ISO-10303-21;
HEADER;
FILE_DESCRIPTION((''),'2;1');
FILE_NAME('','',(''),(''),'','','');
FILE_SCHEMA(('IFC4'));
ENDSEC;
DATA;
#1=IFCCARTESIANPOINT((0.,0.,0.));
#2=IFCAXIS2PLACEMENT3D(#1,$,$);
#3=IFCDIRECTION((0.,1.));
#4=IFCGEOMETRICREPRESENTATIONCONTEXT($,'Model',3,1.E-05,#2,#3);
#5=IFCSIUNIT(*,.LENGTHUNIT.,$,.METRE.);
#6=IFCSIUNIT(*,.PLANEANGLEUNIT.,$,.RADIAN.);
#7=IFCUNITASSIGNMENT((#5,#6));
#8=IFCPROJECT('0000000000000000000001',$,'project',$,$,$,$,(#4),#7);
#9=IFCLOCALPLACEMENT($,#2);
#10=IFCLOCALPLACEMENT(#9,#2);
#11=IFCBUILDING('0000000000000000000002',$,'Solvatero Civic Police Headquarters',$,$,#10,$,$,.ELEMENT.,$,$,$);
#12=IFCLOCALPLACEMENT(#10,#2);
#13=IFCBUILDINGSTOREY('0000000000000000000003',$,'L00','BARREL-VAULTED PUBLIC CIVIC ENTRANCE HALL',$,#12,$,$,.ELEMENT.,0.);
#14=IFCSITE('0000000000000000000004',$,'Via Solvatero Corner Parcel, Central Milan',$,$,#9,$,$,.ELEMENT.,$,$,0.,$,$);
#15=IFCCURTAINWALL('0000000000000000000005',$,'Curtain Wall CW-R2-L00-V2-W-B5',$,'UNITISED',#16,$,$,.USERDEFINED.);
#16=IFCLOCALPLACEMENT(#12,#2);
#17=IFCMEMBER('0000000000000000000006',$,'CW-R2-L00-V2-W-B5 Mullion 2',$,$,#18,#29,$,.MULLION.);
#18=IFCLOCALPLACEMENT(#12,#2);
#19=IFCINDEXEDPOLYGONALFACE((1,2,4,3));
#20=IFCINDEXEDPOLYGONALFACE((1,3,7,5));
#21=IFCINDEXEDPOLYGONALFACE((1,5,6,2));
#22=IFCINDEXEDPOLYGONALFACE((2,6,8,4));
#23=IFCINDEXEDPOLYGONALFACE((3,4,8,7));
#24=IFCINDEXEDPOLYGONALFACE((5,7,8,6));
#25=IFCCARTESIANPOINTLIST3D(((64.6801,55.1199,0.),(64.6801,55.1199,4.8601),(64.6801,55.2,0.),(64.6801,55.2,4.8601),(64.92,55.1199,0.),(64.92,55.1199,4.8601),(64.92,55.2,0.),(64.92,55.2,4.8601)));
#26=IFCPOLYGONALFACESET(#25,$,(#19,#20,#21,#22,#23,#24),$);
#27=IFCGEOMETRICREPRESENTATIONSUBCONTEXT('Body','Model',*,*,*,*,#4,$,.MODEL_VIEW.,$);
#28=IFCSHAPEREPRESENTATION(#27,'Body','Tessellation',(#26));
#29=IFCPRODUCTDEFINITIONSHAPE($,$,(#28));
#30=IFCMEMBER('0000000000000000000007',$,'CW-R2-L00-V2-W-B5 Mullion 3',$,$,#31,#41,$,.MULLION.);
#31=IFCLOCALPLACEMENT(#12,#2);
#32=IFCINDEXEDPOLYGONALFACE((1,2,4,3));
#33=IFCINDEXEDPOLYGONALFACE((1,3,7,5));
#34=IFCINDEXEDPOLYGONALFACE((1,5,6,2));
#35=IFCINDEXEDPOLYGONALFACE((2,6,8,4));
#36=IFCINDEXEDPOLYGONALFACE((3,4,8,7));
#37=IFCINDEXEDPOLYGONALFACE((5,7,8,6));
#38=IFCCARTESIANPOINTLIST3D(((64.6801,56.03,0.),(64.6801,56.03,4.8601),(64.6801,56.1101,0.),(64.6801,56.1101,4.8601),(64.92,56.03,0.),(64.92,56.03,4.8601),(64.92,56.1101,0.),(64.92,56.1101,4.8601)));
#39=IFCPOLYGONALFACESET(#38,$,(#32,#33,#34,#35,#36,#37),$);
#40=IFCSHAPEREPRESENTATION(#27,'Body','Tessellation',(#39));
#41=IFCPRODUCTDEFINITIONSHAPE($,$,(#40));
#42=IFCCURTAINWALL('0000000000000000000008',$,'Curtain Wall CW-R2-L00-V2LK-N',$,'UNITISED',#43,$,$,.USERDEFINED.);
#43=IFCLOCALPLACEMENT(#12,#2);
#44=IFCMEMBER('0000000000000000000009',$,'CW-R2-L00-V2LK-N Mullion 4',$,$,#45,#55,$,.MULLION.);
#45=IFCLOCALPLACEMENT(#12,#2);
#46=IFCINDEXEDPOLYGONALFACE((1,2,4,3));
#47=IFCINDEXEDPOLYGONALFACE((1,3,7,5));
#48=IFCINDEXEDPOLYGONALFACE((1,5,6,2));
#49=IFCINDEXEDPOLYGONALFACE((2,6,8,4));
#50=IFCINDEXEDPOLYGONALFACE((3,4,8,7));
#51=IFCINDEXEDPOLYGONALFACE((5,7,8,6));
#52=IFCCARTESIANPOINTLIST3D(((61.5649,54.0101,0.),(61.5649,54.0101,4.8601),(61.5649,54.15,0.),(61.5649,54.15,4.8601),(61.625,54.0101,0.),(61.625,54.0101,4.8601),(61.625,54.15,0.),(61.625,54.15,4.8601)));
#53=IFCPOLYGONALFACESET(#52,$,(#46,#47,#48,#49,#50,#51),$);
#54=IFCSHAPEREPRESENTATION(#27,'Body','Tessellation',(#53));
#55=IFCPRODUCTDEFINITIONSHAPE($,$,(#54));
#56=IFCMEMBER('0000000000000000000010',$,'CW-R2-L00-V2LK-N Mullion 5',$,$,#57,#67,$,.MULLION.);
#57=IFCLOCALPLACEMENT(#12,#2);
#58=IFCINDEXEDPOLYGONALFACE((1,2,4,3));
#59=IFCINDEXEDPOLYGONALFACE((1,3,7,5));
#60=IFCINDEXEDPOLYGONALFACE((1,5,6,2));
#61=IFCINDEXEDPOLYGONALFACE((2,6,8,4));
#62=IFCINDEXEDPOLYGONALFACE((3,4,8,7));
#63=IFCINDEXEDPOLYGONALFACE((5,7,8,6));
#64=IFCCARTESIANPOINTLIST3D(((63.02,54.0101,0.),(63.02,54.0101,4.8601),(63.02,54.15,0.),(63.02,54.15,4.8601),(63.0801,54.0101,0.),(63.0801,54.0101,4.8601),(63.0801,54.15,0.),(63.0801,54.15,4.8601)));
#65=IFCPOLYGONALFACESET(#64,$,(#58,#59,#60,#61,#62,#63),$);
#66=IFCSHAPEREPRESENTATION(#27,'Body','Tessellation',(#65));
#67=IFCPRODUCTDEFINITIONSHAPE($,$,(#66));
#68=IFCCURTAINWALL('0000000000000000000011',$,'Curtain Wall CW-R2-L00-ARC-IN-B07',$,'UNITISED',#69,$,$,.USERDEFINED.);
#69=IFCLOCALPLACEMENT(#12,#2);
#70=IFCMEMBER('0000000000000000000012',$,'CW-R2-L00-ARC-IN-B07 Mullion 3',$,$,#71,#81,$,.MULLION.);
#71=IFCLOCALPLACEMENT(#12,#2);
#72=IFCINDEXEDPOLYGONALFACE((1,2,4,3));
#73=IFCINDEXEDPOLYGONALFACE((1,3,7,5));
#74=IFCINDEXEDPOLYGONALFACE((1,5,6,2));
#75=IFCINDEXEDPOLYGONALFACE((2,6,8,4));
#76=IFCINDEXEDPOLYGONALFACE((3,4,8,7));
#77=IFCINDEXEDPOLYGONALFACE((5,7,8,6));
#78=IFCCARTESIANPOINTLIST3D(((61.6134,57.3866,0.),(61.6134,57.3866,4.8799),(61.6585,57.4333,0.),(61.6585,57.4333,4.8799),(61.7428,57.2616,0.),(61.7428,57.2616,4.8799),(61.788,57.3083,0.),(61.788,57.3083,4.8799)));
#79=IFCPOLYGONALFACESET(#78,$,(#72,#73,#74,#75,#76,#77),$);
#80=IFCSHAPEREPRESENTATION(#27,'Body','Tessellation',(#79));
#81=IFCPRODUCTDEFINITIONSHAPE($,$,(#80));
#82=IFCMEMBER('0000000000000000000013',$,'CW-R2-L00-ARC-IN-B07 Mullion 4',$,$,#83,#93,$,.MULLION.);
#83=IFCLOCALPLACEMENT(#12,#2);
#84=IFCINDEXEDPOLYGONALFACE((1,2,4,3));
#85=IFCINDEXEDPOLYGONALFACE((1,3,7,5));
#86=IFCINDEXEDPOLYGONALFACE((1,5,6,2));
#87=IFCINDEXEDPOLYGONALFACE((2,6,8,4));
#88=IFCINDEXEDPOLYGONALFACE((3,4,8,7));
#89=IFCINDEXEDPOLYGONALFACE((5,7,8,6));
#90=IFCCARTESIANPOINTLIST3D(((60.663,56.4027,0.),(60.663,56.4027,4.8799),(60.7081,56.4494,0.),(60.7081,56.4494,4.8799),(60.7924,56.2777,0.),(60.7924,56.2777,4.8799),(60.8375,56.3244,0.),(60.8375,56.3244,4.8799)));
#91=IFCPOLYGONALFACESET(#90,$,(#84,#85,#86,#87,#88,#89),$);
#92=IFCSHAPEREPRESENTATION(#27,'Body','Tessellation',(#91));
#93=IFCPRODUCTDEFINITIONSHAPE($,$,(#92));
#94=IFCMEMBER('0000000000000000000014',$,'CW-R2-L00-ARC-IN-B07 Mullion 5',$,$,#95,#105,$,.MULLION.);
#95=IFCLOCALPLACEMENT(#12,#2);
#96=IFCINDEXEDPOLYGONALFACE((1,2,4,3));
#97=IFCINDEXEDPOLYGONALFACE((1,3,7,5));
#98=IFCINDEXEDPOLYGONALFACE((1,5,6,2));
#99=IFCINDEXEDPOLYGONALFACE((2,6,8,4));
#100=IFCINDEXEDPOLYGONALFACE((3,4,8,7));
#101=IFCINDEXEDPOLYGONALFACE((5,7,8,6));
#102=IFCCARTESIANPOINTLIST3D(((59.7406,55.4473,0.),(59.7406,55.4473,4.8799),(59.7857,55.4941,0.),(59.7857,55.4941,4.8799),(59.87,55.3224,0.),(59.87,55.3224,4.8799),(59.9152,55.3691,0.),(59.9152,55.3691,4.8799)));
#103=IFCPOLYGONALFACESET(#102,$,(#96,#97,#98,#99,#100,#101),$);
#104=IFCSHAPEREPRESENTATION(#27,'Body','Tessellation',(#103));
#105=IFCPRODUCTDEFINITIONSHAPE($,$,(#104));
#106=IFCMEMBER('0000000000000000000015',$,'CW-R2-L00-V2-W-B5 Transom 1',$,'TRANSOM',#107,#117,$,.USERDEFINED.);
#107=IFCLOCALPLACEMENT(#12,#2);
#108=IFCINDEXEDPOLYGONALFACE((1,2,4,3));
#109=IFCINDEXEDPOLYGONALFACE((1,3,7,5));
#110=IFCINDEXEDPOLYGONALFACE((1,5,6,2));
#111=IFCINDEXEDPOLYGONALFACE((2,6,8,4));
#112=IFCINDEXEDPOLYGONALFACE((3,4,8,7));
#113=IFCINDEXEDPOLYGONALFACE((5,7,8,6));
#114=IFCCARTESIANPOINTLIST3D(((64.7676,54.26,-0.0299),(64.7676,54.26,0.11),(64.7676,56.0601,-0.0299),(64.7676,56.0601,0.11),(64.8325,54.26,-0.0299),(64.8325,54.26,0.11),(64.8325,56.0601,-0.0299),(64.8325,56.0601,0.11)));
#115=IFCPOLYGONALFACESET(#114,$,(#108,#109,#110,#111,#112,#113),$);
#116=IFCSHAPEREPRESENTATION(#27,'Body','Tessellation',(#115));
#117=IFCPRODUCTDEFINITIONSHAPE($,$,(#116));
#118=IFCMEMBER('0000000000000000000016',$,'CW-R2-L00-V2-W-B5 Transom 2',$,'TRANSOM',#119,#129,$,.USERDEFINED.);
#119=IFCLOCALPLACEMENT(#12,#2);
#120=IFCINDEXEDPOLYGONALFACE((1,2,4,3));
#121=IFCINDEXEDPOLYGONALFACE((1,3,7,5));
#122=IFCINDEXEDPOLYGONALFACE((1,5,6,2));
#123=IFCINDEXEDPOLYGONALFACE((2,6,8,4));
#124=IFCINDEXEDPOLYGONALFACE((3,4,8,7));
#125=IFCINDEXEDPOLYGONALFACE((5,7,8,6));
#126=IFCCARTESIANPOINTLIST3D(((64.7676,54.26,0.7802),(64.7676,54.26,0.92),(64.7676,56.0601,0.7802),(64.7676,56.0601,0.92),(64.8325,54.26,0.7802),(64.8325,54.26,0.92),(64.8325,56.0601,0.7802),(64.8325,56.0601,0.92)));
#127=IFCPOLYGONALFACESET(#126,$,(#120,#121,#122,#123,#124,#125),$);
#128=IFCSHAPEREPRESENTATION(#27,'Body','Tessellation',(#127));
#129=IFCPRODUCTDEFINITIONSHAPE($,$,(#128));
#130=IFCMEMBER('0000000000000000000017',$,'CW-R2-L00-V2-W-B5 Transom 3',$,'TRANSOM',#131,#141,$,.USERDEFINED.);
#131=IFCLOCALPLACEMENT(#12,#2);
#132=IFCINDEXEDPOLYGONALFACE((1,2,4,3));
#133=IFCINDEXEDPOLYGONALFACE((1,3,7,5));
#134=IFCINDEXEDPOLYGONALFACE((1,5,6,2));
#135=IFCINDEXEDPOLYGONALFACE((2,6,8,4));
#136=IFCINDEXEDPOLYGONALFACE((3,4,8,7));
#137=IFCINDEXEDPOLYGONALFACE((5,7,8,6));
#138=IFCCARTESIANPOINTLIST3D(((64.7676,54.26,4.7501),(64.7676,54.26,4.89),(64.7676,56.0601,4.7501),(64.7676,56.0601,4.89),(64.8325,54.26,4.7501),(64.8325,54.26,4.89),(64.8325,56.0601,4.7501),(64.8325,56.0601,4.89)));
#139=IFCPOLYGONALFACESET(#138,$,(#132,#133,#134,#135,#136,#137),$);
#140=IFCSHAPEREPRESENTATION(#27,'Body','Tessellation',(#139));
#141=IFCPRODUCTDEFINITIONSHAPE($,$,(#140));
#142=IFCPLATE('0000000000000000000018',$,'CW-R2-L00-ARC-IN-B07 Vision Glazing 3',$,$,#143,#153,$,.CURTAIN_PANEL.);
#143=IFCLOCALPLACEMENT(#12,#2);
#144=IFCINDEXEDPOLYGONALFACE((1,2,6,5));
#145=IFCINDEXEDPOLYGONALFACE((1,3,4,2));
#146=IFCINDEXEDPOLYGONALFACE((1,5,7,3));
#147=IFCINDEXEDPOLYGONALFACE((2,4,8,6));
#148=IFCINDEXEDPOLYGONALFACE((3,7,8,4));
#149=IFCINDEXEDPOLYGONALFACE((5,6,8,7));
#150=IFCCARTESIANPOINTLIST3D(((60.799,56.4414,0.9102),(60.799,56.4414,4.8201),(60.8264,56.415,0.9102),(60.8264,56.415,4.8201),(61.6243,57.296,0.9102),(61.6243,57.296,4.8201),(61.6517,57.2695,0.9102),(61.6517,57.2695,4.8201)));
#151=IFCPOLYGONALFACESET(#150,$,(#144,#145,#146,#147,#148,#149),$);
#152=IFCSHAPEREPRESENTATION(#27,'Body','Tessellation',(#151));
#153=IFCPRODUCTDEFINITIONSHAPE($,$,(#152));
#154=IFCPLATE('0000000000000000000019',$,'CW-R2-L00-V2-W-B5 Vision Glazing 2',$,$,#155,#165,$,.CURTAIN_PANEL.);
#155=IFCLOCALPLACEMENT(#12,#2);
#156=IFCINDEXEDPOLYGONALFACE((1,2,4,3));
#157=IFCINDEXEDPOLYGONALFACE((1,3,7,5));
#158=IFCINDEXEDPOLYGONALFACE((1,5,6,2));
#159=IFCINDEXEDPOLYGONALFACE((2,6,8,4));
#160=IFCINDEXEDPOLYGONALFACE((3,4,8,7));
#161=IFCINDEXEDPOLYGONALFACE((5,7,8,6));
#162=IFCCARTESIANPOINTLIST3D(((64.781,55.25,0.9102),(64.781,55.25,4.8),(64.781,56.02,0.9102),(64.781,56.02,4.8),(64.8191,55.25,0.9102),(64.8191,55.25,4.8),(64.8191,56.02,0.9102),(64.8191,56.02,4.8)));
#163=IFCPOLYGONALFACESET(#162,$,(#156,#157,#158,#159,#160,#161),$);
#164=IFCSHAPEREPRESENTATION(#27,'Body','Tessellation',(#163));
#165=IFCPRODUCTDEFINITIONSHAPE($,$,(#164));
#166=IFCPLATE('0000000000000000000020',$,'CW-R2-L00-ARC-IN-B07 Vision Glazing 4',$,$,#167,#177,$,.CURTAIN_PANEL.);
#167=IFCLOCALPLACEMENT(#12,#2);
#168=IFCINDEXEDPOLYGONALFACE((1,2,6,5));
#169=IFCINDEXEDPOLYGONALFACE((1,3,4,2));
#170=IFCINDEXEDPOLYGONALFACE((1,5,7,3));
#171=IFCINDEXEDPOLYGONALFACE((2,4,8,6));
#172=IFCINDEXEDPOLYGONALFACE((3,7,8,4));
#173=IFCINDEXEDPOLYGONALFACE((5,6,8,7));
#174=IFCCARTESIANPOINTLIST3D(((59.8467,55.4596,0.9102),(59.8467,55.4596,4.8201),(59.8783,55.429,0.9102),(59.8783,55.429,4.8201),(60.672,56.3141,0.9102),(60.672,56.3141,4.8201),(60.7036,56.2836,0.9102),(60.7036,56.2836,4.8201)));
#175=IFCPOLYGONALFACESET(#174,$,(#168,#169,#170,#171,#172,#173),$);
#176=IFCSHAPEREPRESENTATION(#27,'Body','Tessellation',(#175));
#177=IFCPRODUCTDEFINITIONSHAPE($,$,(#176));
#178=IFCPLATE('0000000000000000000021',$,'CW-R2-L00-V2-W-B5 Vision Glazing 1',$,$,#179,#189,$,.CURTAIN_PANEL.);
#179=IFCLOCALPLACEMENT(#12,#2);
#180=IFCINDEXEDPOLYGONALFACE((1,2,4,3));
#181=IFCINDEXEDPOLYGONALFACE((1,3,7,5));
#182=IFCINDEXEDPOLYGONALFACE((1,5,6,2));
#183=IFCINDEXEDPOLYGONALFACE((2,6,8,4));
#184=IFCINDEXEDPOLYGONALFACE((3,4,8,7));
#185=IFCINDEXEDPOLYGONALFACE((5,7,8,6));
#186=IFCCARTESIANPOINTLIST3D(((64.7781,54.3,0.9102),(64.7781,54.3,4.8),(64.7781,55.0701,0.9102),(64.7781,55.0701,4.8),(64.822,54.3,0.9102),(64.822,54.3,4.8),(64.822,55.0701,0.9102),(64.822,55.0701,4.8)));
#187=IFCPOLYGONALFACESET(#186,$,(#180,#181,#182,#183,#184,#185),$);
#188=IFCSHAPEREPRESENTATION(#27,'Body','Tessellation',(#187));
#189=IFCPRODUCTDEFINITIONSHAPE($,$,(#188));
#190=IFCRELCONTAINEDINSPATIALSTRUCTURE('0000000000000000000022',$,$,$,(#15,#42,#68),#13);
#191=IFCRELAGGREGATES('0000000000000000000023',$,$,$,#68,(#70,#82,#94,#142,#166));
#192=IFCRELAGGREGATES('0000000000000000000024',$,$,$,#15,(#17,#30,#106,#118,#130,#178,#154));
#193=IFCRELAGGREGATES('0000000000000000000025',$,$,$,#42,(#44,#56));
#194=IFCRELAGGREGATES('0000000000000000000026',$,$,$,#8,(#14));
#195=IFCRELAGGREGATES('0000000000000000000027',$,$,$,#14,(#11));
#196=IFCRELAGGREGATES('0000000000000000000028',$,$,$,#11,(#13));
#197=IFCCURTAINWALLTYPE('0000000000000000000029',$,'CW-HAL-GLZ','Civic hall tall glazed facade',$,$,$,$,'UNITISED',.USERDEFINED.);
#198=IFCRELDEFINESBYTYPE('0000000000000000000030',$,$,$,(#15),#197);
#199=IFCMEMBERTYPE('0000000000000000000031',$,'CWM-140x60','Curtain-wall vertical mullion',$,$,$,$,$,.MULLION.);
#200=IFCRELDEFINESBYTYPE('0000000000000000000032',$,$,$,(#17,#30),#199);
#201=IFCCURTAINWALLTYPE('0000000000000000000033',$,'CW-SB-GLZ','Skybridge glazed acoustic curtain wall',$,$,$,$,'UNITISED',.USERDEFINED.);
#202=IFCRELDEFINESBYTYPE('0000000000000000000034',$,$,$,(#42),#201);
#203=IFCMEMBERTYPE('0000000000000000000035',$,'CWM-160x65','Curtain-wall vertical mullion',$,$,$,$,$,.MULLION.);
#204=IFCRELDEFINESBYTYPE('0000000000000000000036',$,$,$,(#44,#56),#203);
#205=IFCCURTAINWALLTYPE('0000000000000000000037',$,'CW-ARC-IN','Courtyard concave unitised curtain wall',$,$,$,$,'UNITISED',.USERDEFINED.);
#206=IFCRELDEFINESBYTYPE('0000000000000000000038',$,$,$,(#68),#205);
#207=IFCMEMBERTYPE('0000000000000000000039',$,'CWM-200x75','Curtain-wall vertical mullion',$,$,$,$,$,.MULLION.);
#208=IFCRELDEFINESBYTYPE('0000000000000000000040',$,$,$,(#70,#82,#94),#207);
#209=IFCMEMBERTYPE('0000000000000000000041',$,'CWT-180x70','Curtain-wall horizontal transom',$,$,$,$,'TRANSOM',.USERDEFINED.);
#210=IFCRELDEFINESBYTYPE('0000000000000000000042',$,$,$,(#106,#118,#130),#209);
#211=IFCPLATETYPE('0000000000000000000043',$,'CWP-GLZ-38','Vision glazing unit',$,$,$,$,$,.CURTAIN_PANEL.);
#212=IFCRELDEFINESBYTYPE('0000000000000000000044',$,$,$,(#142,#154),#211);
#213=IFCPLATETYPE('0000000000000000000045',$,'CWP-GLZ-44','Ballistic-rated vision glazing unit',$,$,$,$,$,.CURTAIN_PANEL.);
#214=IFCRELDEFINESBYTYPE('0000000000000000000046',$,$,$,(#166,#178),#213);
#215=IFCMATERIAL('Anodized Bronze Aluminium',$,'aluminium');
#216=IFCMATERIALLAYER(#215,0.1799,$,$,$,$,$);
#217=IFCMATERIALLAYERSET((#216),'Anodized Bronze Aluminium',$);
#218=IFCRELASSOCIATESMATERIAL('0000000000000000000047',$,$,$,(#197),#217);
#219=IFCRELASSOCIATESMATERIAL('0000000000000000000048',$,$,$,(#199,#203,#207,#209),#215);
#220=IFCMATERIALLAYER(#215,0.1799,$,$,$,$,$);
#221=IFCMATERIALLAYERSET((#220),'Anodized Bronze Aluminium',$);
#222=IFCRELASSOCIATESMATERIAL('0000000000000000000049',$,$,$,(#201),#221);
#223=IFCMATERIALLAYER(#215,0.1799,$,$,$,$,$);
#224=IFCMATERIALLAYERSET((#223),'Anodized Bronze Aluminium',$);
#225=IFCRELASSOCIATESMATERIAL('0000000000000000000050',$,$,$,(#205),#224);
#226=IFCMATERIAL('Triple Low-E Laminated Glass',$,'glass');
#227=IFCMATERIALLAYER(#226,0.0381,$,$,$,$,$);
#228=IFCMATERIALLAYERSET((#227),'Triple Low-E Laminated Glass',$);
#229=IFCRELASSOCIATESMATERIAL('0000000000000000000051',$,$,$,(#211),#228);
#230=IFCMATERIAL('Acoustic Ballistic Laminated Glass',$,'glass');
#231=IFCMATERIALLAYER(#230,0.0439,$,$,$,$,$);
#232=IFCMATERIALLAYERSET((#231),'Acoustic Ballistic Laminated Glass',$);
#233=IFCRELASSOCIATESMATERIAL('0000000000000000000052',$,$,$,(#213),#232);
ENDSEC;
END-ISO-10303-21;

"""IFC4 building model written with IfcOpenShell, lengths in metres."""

from ifc_helpers import new_model, si_unit, direction, frame, origin, origin_2d, place, context, subcontext, project, spatial, rectangle, extrude, material, layer, layer_set, material_profile, profile_set, type_object, element, aggregate, save


model = new_model("IFC4")

# Units and contexts
model_context = context("Model", 3, precision=1e-05, world=origin(), true_north=direction((0.0, 1.0)))
body_context = subcontext(model_context, "Body", "Model", "MODEL_VIEW")
ifc_project = project(units=[si_unit("LENGTHUNIT", "METRE"), si_unit("PLANEANGLEUNIT", "RADIAN")], contexts=[model_context])

# Site, building, storey
site_placement = place(None, origin())
site = spatial("IfcSite", under=ifc_project, at=site_placement, Name="Via Solvatero Corner Parcel, Central Milan", CompositionType="ELEMENT", RefElevation=0.0)
building_placement = place(site_placement, origin())
building = spatial("IfcBuilding", under=site, at=building_placement, Name="Solvatero Civic Police Headquarters", CompositionType="ELEMENT")
storey_placement = place(building_placement, origin())
storey = spatial("IfcBuildingStorey", under=building, at=storey_placement, Name="L00", Description="BARREL-VAULTED PUBLIC CIVIC ENTRANCE HALL", CompositionType="ELEMENT", Elevation=0.0)

# Curtain walls, members
ifc_material_1 = material(Name="Anodized Bronze Aluminium", Category="aluminium")
ifc_layer_1 = layer(ifc_material_1, 0.1799)
ifc_layer_set_1 = layer_set([ifc_layer_1], Name="Anodized Bronze Aluminium")
curtain_wall_type_1 = type_object("IfcCurtainWallType", Name="CW-HAL-GLZ", Description="Civic hall tall glazed facade", ElementType="UNITISED", PredefinedType="USERDEFINED", material=ifc_layer_set_1)
curtain_wall_1_placement = place(storey_placement, origin())
curtain_wall_1 = element("IfcCurtainWall", 1, at=curtain_wall_1_placement, inside=storey, type_object=curtain_wall_type_1, Name="Curtain Wall CW-R2-L00-V2-W-B5", ObjectType="UNITISED", PredefinedType="USERDEFINED")
ifc_material_profile_1 = material_profile(ifc_material_1, rectangle(XDim=0.0801, YDim=0.24, at=origin_2d()), Name="ALU MULLION 80x240")
ifc_profile_set_1 = profile_set([ifc_material_profile_1], Name="Anodized Bronze Aluminium")
member_type_1 = type_object("IfcMemberType", Name="CWM-140x60", Description="Curtain-wall vertical mullion", PredefinedType="MULLION", material=ifc_profile_set_1)
member_1_placement = place(storey_placement, frame((64.8, 55.1599, 0.0), z_axis=(0.0, 0.0, 1.0), x_axis=(0.0, 1.0, 0.0)))
member_1 = element("IfcMember", 2, at=member_1_placement, type_object=member_type_1, Name="CW-R2-L00-V2-W-B5 Mullion 2", PredefinedType="MULLION", context=body_context, shape_type="SweptSolid", body=[
    extrude(rectangle(XDim=0.0801, YDim=0.24, at=origin_2d()), origin(), (0.0, 0.0, 1.0), 4.8601),
])
member_2_placement = place(storey_placement, frame((64.8, 56.0701, 0.0), z_axis=(0.0, 0.0, 1.0), x_axis=(0.0, 1.0, 0.0)))
member_2 = element("IfcMember", 3, at=member_2_placement, type_object=member_type_1, Name="CW-R2-L00-V2-W-B5 Mullion 3", PredefinedType="MULLION", context=body_context, shape_type="SweptSolid", body=[
    extrude(rectangle(XDim=0.0801, YDim=0.24, at=origin_2d()), origin(), (0.0, 0.0, 1.0), 4.8601),
])
ifc_layer_2 = layer(ifc_material_1, 0.1799)
ifc_layer_set_2 = layer_set([ifc_layer_2], Name="Anodized Bronze Aluminium")
curtain_wall_type_2 = type_object("IfcCurtainWallType", Name="CW-SB-GLZ", Description="Skybridge glazed acoustic curtain wall", ElementType="UNITISED", PredefinedType="USERDEFINED", material=ifc_layer_set_2)
curtain_wall_2_placement = place(storey_placement, origin())
curtain_wall_2 = element("IfcCurtainWall", 4, at=curtain_wall_2_placement, inside=storey, type_object=curtain_wall_type_2, Name="Curtain Wall CW-R2-L00-V2LK-N", ObjectType="UNITISED", PredefinedType="USERDEFINED")
ifc_material_profile_2 = material_profile(ifc_material_1, rectangle(XDim=0.0601, YDim=0.1399, at=origin_2d()), Name="ALU MULLION 60x140")
ifc_profile_set_2 = profile_set([ifc_material_profile_2], Name="Anodized Bronze Aluminium")
member_type_2 = type_object("IfcMemberType", Name="CWM-160x65", Description="Curtain-wall vertical mullion", PredefinedType="MULLION", material=ifc_profile_set_2)
member_3_placement = place(storey_placement, frame((61.595, 54.0801, 0.0), z_axis=(0.0, 0.0, 1.0), x_axis=(1.0, 0.0, 0.0)))
member_3 = element("IfcMember", 5, at=member_3_placement, type_object=member_type_2, Name="CW-R2-L00-V2LK-N Mullion 4", PredefinedType="MULLION", context=body_context, shape_type="SweptSolid", body=[
    extrude(rectangle(XDim=0.0601, YDim=0.1399, at=origin_2d()), origin(), (0.0, 0.0, 1.0), 4.8601),
])
member_4_placement = place(storey_placement, frame((63.05, 54.0801, 0.0), z_axis=(0.0, 0.0, 1.0), x_axis=(1.0, 0.0, 0.0)))
member_4 = element("IfcMember", 6, at=member_4_placement, type_object=member_type_2, Name="CW-R2-L00-V2LK-N Mullion 5", PredefinedType="MULLION", context=body_context, shape_type="SweptSolid", body=[
    extrude(rectangle(XDim=0.0601, YDim=0.1399, at=origin_2d()), origin(), (0.0, 0.0, 1.0), 4.8601),
])
ifc_layer_3 = layer(ifc_material_1, 0.1799)
ifc_layer_set_3 = layer_set([ifc_layer_3], Name="Anodized Bronze Aluminium")
curtain_wall_type_3 = type_object("IfcCurtainWallType", Name="CW-ARC-IN", Description="Courtyard concave unitised curtain wall", ElementType="UNITISED", PredefinedType="USERDEFINED", material=ifc_layer_set_3)
curtain_wall_3_placement = place(storey_placement, origin())
curtain_wall_3 = element("IfcCurtainWall", 7, at=curtain_wall_3_placement, inside=storey, type_object=curtain_wall_type_3, Name="Curtain Wall CW-R2-L00-ARC-IN-B07", ObjectType="UNITISED", PredefinedType="USERDEFINED")
ifc_material_profile_3 = material_profile(ifc_material_1, rectangle(XDim=0.0649, YDim=0.1799, at=origin_2d()), Name="ALU MULLION 65x180")
ifc_profile_set_3 = profile_set([ifc_material_profile_3], Name="Anodized Bronze Aluminium")
member_type_3 = type_object("IfcMemberType", Name="CWM-200x75", Description="Curtain-wall vertical mullion", PredefinedType="MULLION", material=ifc_profile_set_3)
member_5_placement = place(storey_placement, frame((61.7007, 57.3474, 0.0), z_axis=(0.0, 0.0, 1.0), x_axis=(-0.694658, -0.71934, 0.0)))
member_5 = element("IfcMember", 8, at=member_5_placement, type_object=member_type_3, Name="CW-R2-L00-ARC-IN-B07 Mullion 3", PredefinedType="MULLION", context=body_context, shape_type="SweptSolid", body=[
    extrude(rectangle(XDim=0.0649, YDim=0.1799, at=origin_2d()), origin(), (0.0, 0.0, 1.0), 4.8799),
])
member_6_placement = place(storey_placement, frame((60.7502, 56.3635, 0.0), z_axis=(0.0, 0.0, 1.0), x_axis=(-0.694658, -0.71934, 0.0)))
member_6 = element("IfcMember", 9, at=member_6_placement, type_object=member_type_3, Name="CW-R2-L00-ARC-IN-B07 Mullion 4", PredefinedType="MULLION", context=body_context, shape_type="SweptSolid", body=[
    extrude(rectangle(XDim=0.0649, YDim=0.1799, at=origin_2d()), origin(), (0.0, 0.0, 1.0), 4.8799),
])
member_7_placement = place(storey_placement, frame((59.8279, 55.4082, 0.0), z_axis=(0.0, 0.0, 1.0), x_axis=(-0.694658, -0.71934, 0.0)))
member_7 = element("IfcMember", 10, at=member_7_placement, type_object=member_type_3, Name="CW-R2-L00-ARC-IN-B07 Mullion 5", PredefinedType="MULLION", context=body_context, shape_type="SweptSolid", body=[
    extrude(rectangle(XDim=0.0649, YDim=0.1799, at=origin_2d()), origin(), (0.0, 0.0, 1.0), 4.8799),
])

# Members
ifc_material_profile_4 = material_profile(ifc_material_1, rectangle(XDim=0.0649, YDim=0.1399, at=origin_2d()), Name="ALU TRANSOM 65x140")
ifc_profile_set_4 = profile_set([ifc_material_profile_4], Name="Anodized Bronze Aluminium")
member_type_4 = type_object("IfcMemberType", Name="CWT-180x70", Description="Curtain-wall horizontal transom", ElementType="TRANSOM", PredefinedType="USERDEFINED", material=ifc_profile_set_4)
member_8_placement = place(storey_placement, frame((64.8, 54.26, 0.04), z_axis=(0.0, 1.0, 0.0), x_axis=(-1.0, 0.0, 0.0)))
member_8 = element("IfcMember", 11, at=member_8_placement, type_object=member_type_4, Name="CW-R2-L00-V2-W-B5 Transom 1", ObjectType="TRANSOM", PredefinedType="USERDEFINED", context=body_context, shape_type="SweptSolid", body=[
    extrude(rectangle(XDim=0.0649, YDim=0.1399, at=origin_2d()), origin(), (0.0, 0.0, 1.0), 1.8),
])
member_9_placement = place(storey_placement, frame((64.8, 54.26, 0.8501), z_axis=(0.0, 1.0, 0.0), x_axis=(-1.0, 0.0, 0.0)))
member_9 = element("IfcMember", 12, at=member_9_placement, type_object=member_type_4, Name="CW-R2-L00-V2-W-B5 Transom 2", ObjectType="TRANSOM", PredefinedType="USERDEFINED", context=body_context, shape_type="SweptSolid", body=[
    extrude(rectangle(XDim=0.0649, YDim=0.1399, at=origin_2d()), origin(), (0.0, 0.0, 1.0), 1.8),
])
member_10_placement = place(storey_placement, frame((64.8, 54.26, 4.8201), z_axis=(0.0, 1.0, 0.0), x_axis=(-1.0, 0.0, 0.0)))
member_10 = element("IfcMember", 13, at=member_10_placement, type_object=member_type_4, Name="CW-R2-L00-V2-W-B5 Transom 3", ObjectType="TRANSOM", PredefinedType="USERDEFINED", context=body_context, shape_type="SweptSolid", body=[
    extrude(rectangle(XDim=0.0649, YDim=0.1399, at=origin_2d()), origin(), (0.0, 0.0, 1.0), 1.8),
])

# Plates
ifc_material_2 = material(Name="Triple Low-E Laminated Glass", Category="glass")
ifc_layer_4 = layer(ifc_material_2, 0.0381)
ifc_layer_set_4 = layer_set([ifc_layer_4], Name="Triple Low-E Laminated Glass")
plate_type_1 = type_object("IfcPlateType", Name="CWP-GLZ-38", Description="Vision glazing unit", PredefinedType="CURTAIN_PANEL", material=ifc_layer_set_4)
plate_1_placement = place(storey_placement, frame((61.2253, 56.8555, 0.9102), z_axis=(0.0, 0.0, 1.0), x_axis=(-0.694658, -0.71934, 0.0)))
plate_1 = element("IfcPlate", 14, at=plate_1_placement, type_object=plate_type_1, Name="CW-R2-L00-ARC-IN-B07 Vision Glazing 3", PredefinedType="CURTAIN_PANEL", context=body_context, shape_type="SweptSolid", body=[
    extrude(rectangle(XDim=1.188, YDim=0.0381, at=origin_2d()), origin(), (0.0, 0.0, 1.0), 3.9099),
])
plate_2_placement = place(storey_placement, frame((64.8, 55.635, 0.9102), z_axis=(0.0, 0.0, 1.0), x_axis=(0.0, 1.0, 0.0)))
plate_2 = element("IfcPlate", 15, at=plate_2_placement, type_object=plate_type_1, Name="CW-R2-L00-V2-W-B5 Vision Glazing 2", PredefinedType="CURTAIN_PANEL", context=body_context, shape_type="SweptSolid", body=[
    extrude(rectangle(XDim=0.77, YDim=0.0381, at=origin_2d()), origin(), (0.0, 0.0, 1.0), 3.8899),
])
ifc_material_3 = material(Name="Acoustic Ballistic Laminated Glass", Category="glass")
ifc_layer_5 = layer(ifc_material_3, 0.0439)
ifc_layer_set_5 = layer_set([ifc_layer_5], Name="Acoustic Ballistic Laminated Glass")
plate_type_2 = type_object("IfcPlateType", Name="CWP-GLZ-44", Description="Ballistic-rated vision glazing unit", PredefinedType="CURTAIN_PANEL", material=ifc_layer_set_5)
plate_3_placement = place(storey_placement, frame((60.2751, 55.8716, 0.9102), z_axis=(0.0, 0.0, 1.0), x_axis=(-0.694658, -0.71934, 0.0)))
plate_3 = element("IfcPlate", 16, at=plate_3_placement, type_object=plate_type_2, Name="CW-R2-L00-ARC-IN-B07 Vision Glazing 4", PredefinedType="CURTAIN_PANEL", context=body_context, shape_type="SweptSolid", body=[
    extrude(rectangle(XDim=1.188, YDim=0.0439, at=origin_2d()), origin(), (0.0, 0.0, 1.0), 3.9099),
])
plate_4_placement = place(storey_placement, frame((64.8, 54.6851, 0.9102), z_axis=(0.0, 0.0, 1.0), x_axis=(0.0, 1.0, 0.0)))
plate_4 = element("IfcPlate", 17, at=plate_4_placement, type_object=plate_type_2, Name="CW-R2-L00-V2-W-B5 Vision Glazing 1", PredefinedType="CURTAIN_PANEL", context=body_context, shape_type="SweptSolid", body=[
    extrude(rectangle(XDim=0.77, YDim=0.0439, at=origin_2d()), origin(), (0.0, 0.0, 1.0), 3.8899),
])
aggregate(curtain_wall_3, [member_5, member_6, member_7, plate_1, plate_3])
aggregate(curtain_wall_1, [member_1, member_2, member_8, member_9, member_10, plate_4, plate_2])
aggregate(curtain_wall_2, [member_3, member_4])

save(model, "model.ifc")
